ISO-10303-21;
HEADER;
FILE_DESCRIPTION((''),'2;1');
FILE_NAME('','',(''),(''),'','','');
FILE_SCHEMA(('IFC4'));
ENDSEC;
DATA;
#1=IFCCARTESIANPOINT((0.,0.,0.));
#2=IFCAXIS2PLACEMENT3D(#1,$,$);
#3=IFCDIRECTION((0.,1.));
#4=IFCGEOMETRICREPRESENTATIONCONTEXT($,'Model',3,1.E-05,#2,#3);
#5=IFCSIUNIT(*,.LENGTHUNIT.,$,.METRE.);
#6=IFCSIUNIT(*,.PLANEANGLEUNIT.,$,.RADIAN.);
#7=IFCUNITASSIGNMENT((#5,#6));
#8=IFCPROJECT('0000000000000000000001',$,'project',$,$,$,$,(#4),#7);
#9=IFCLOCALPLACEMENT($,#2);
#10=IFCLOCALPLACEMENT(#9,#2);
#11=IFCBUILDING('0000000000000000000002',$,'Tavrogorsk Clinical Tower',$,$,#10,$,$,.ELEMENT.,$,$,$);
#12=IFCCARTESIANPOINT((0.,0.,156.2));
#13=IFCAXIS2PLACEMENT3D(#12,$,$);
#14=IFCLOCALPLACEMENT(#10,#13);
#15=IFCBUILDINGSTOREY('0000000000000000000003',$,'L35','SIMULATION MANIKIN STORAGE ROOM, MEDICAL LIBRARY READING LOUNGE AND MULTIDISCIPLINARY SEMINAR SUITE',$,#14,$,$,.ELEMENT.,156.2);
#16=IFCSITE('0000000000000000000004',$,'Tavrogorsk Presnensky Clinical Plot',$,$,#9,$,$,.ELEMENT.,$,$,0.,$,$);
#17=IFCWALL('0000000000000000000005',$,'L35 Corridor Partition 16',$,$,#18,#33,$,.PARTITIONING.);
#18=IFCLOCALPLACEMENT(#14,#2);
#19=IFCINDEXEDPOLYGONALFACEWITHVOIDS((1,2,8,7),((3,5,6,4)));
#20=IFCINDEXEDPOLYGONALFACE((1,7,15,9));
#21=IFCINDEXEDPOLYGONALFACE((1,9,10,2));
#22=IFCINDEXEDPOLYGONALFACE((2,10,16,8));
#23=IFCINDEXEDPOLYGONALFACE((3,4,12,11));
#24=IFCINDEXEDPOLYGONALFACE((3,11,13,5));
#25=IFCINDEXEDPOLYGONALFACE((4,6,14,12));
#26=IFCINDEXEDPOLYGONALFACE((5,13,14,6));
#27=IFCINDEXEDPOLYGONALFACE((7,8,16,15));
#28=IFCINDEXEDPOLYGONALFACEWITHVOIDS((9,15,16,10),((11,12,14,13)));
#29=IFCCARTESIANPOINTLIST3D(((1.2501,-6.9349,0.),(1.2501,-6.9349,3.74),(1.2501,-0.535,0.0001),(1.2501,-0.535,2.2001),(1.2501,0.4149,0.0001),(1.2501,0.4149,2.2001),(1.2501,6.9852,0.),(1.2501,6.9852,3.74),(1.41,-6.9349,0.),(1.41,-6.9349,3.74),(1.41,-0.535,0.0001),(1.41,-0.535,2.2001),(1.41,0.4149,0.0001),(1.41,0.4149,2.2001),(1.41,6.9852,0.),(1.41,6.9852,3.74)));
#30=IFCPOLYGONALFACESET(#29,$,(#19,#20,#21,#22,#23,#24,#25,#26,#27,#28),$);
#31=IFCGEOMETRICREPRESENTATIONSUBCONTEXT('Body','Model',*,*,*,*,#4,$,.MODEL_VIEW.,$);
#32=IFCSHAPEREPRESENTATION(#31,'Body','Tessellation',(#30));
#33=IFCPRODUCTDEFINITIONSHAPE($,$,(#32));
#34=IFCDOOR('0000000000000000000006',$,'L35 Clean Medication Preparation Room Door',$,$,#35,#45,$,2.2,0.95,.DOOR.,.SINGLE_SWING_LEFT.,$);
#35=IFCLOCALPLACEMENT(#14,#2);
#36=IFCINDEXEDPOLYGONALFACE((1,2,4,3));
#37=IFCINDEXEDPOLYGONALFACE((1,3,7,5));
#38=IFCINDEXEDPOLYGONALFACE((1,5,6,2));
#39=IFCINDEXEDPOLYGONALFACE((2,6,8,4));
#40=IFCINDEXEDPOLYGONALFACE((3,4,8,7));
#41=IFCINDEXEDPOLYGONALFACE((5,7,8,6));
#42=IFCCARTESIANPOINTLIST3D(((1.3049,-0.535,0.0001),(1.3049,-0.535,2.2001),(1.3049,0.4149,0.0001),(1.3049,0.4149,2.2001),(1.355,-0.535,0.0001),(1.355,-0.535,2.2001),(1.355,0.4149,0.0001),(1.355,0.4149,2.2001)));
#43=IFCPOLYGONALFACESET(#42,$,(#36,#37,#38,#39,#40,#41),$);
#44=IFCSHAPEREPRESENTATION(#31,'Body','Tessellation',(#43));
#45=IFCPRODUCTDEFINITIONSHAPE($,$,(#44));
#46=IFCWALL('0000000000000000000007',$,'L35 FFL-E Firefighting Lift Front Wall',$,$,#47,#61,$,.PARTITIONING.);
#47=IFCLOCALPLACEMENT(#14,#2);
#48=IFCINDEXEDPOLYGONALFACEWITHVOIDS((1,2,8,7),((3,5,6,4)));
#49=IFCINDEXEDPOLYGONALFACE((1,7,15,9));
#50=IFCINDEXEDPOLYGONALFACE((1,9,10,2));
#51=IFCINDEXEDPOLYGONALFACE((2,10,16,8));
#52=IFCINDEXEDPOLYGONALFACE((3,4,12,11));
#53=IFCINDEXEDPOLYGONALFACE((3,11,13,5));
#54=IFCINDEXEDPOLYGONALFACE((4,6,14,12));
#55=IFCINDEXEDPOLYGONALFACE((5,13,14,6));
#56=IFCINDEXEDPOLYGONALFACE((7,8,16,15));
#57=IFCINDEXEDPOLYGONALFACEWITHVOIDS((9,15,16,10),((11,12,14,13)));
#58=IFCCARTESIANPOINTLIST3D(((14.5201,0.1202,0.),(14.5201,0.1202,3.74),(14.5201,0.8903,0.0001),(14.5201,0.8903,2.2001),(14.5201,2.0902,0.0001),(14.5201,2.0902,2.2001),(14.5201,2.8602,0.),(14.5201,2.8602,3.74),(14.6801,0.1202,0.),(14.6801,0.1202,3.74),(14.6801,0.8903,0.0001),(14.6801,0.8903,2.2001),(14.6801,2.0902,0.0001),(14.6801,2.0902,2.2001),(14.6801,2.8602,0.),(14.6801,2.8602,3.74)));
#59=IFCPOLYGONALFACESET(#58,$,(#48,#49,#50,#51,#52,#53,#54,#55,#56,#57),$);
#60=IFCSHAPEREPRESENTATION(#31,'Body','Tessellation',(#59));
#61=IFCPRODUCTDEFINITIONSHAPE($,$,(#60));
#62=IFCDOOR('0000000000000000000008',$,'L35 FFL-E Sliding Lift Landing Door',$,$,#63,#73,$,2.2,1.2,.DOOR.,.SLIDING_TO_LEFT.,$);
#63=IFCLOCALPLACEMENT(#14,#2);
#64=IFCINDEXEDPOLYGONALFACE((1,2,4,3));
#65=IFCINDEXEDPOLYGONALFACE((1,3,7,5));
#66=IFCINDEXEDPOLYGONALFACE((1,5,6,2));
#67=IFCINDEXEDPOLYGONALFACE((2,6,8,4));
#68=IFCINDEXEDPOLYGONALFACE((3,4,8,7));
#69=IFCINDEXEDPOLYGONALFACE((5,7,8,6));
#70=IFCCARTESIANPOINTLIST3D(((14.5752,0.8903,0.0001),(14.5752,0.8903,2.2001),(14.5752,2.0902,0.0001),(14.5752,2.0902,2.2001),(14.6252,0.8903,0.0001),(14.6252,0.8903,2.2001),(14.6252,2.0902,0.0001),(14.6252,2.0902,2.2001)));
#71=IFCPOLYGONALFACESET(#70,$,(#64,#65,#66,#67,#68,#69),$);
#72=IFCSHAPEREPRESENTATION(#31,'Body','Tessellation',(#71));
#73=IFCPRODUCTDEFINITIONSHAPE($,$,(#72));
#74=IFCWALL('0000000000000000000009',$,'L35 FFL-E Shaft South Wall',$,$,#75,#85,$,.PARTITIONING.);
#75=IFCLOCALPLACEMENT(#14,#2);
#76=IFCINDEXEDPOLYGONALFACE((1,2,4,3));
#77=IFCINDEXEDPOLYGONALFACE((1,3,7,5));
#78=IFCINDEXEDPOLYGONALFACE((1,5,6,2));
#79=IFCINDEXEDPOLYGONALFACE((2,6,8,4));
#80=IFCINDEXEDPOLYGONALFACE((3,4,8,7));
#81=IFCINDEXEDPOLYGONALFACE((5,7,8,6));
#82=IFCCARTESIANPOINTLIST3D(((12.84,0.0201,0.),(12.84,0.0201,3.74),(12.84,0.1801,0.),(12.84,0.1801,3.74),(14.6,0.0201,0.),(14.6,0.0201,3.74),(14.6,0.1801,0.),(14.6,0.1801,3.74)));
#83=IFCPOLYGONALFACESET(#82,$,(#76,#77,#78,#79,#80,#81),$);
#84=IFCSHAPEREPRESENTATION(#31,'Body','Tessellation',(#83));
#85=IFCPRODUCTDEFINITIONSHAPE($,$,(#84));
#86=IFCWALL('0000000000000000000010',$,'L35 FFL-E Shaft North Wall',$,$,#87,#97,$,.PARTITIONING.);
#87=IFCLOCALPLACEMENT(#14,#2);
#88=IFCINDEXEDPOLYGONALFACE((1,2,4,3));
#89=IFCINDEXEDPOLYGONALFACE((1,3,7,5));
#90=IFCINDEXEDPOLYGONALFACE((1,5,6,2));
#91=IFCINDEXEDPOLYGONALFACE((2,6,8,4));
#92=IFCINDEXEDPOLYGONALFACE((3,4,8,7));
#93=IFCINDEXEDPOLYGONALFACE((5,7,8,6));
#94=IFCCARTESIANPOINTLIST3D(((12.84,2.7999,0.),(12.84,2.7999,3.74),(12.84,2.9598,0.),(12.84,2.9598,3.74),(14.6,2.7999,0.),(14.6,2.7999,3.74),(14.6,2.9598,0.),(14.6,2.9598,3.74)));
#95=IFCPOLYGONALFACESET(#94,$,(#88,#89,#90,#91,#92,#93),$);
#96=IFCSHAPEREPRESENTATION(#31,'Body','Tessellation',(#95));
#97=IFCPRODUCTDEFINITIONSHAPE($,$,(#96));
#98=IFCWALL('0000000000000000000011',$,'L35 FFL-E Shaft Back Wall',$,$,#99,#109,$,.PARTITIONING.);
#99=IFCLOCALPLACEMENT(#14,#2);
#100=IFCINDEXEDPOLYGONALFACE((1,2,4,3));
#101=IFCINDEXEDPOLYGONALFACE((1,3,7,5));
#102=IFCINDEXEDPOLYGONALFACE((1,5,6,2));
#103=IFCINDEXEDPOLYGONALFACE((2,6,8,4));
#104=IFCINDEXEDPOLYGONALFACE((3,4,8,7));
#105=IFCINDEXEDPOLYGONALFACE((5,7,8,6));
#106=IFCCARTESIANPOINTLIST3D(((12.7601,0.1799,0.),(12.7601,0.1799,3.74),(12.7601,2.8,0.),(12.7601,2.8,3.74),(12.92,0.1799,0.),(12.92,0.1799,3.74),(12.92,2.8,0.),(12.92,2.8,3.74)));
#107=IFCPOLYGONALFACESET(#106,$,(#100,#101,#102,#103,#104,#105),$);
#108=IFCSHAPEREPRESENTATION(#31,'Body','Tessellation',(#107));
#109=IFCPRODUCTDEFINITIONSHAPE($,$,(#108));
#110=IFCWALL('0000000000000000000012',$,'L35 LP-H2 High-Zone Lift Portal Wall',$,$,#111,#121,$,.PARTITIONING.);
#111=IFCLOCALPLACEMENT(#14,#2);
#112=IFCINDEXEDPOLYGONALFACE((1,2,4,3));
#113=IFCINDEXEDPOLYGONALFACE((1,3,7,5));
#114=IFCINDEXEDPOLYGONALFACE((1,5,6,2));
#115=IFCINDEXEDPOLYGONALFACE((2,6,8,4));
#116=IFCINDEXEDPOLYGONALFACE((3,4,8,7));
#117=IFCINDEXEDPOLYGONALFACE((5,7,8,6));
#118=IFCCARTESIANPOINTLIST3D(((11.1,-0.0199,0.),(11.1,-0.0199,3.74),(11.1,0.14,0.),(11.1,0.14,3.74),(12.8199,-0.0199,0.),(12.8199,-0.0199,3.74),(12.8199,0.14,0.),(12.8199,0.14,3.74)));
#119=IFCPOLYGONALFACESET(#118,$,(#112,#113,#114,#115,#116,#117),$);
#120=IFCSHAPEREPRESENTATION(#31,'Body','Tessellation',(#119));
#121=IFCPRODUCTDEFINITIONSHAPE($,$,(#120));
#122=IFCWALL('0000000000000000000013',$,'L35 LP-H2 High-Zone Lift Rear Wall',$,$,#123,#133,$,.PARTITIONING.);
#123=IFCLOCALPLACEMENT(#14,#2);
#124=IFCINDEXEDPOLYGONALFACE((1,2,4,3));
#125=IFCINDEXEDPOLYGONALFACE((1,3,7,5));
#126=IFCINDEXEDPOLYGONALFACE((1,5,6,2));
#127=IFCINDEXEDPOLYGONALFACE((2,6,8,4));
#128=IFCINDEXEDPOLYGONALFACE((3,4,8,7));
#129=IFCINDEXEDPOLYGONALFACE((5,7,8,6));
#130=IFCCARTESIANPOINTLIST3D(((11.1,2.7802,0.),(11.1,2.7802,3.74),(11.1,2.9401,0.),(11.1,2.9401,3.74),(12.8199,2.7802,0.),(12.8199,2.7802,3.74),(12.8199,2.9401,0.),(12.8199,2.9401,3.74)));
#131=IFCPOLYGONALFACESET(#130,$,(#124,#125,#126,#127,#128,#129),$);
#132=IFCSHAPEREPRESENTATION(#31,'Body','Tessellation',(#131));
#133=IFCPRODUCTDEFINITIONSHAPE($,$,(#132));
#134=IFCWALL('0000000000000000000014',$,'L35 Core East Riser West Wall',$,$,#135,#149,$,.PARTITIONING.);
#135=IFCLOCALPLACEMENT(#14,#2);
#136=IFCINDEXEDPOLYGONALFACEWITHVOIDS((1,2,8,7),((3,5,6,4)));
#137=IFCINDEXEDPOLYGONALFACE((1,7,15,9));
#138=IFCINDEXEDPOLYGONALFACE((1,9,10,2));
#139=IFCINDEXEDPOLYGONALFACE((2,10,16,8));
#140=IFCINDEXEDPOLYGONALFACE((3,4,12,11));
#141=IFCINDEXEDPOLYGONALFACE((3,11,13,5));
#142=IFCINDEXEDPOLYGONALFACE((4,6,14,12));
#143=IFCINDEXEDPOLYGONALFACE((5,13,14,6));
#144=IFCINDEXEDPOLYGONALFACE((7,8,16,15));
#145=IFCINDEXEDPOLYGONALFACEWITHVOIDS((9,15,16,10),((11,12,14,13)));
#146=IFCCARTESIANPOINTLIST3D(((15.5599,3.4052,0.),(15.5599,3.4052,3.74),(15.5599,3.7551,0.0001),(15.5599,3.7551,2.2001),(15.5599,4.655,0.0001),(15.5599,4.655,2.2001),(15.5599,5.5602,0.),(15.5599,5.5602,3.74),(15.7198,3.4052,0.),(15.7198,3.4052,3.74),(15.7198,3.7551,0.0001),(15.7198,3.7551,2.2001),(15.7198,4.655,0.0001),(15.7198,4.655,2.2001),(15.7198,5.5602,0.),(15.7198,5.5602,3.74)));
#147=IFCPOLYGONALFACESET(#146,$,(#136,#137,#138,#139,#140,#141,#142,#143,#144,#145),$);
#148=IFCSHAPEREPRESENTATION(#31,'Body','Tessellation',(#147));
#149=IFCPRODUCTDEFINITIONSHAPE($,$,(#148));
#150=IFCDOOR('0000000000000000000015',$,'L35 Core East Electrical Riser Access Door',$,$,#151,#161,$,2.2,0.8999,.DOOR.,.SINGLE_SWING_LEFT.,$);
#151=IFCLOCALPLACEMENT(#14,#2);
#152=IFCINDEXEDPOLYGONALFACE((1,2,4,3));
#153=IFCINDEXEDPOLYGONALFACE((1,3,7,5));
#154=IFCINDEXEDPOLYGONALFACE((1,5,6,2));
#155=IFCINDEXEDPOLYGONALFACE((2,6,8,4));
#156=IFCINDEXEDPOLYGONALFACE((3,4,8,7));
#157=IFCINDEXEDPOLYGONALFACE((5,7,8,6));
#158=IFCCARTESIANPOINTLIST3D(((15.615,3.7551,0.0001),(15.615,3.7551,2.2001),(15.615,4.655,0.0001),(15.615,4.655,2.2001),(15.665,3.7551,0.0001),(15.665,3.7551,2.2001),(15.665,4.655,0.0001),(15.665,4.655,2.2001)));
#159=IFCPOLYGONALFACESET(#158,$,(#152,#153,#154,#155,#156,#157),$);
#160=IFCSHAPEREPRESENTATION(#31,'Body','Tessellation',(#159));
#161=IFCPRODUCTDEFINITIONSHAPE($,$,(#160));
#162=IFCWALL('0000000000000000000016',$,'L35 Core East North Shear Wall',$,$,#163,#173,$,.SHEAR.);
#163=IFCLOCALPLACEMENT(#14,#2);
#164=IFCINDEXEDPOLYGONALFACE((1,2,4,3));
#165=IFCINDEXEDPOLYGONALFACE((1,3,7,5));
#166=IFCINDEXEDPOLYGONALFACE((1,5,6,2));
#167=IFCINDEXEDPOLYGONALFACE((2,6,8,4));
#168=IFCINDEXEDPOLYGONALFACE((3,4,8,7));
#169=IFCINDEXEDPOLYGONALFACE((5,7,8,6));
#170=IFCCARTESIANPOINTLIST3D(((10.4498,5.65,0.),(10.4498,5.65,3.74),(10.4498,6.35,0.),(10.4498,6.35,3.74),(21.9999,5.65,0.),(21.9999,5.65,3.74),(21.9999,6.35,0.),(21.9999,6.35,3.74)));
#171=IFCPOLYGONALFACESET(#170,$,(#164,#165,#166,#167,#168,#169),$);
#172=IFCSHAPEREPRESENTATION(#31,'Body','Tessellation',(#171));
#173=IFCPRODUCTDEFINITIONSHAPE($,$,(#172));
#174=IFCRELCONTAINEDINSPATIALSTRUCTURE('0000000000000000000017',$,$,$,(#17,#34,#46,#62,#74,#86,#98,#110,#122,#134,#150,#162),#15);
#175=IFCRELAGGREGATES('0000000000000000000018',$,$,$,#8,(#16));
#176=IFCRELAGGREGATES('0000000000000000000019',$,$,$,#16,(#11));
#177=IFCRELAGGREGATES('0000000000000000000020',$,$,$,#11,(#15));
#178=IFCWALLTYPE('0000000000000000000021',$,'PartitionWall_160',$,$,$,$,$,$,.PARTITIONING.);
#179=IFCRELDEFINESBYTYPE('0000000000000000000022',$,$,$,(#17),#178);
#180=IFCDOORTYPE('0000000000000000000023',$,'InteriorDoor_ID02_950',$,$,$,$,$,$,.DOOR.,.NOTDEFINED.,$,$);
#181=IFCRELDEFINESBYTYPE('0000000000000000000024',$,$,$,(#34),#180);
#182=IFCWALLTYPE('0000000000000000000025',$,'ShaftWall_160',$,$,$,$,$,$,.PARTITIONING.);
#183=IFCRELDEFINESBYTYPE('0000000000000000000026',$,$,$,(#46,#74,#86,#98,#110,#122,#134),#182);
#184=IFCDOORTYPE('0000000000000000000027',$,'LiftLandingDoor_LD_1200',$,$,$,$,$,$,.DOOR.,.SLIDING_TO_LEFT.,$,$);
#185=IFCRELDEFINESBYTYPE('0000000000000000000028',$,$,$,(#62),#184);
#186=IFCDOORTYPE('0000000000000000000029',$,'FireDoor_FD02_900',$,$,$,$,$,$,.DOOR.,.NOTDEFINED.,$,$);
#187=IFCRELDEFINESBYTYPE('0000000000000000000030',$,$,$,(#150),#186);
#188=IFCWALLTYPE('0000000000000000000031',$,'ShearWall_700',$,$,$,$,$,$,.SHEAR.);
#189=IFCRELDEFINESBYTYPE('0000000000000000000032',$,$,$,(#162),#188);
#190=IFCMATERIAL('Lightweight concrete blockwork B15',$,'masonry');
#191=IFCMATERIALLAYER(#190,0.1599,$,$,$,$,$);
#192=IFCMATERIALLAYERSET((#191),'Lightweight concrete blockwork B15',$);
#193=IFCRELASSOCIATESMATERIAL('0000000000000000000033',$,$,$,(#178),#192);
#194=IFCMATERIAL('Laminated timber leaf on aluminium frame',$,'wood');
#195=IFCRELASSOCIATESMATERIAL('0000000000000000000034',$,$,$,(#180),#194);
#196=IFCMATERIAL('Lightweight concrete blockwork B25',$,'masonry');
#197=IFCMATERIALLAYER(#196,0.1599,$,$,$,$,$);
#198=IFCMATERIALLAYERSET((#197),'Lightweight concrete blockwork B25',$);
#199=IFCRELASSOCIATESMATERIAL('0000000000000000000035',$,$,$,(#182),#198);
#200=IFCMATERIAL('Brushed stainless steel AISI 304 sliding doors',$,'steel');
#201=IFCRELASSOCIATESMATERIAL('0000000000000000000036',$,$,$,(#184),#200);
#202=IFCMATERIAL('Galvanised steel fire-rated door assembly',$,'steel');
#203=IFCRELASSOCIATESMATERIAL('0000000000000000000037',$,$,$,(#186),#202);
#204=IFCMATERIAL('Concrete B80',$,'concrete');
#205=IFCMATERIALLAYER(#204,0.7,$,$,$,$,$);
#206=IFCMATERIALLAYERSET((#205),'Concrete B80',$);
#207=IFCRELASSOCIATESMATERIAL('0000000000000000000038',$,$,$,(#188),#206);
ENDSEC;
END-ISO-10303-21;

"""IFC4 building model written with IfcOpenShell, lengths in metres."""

from ifc_helpers import new_model, si_unit, direction, frame, frame_2d, origin, place, context, subcontext, project, spatial, rectangle, extrude, material, layer, layer_set, type_object, element, fill, save


model = new_model("IFC4")

# Units and contexts
model_context = context("Model", 3, precision=1e-05, world=origin(), true_north=direction((0.0, 1.0)))
body_context = subcontext(model_context, "Body", "Model", "MODEL_VIEW")
ifc_project = project(units=[si_unit("LENGTHUNIT", "METRE"), si_unit("PLANEANGLEUNIT", "RADIAN")], contexts=[model_context])

# Site, building, storey
site_placement = place(None, origin())
site = spatial("IfcSite", under=ifc_project, at=site_placement, Name="Tavrogorsk Presnensky Clinical Plot", CompositionType="ELEMENT", RefElevation=0.0)
building_placement = place(site_placement, origin())
building = spatial("IfcBuilding", under=site, at=building_placement, Name="Tavrogorsk Clinical Tower", CompositionType="ELEMENT")
storey_placement = place(building_placement, frame((0.0, 0.0, 156.2)))
storey = spatial("IfcBuildingStorey", under=building, at=storey_placement, Name="L35", Description="SIMULATION MANIKIN STORAGE ROOM, MEDICAL LIBRARY READING LOUNGE AND MULTIDISCIPLINARY SEMINAR SUITE", CompositionType="ELEMENT", Elevation=156.2)

# Shared definitions
ifc_material_1 = material(Name="Lightweight concrete blockwork B15", Category="masonry")
ifc_layer_1 = layer(ifc_material_1, 0.1599)
ifc_layer_set_1 = layer_set([ifc_layer_1], Name="Lightweight concrete blockwork B15")
wall_type_1 = type_object("IfcWallType", Name="PartitionWall_160", PredefinedType="PARTITIONING", material=ifc_layer_set_1)
ifc_material_2 = material(Name="Laminated timber leaf on aluminium frame", Category="wood")
door_type_1 = type_object("IfcDoorType", Name="InteriorDoor_ID02_950", OperationType="NOTDEFINED", PredefinedType="DOOR", material=ifc_material_2)

# Walls, openings, doors
wall_1_placement = place(storey_placement, frame((1.3301, 6.9851, 0.0), z_axis=(0.0, 0.0, 1.0), x_axis=(0.0, -1.0, 0.0)))
wall_1 = element("IfcWall", 1, at=wall_1_placement, inside=storey, type_object=wall_type_1, Name="L35 Corridor Partition 16", PredefinedType="PARTITIONING", context=body_context, shape_type="SweptSolid", body=[
    extrude(rectangle(XDim=13.9202, YDim=0.1599, at=frame_2d((6.96, 0.0))), origin(), (0.0, 0.0, 1.0), 3.74),
])
opening_1_placement = place(wall_1_placement, frame((6.5701, 0.0, 0.0)))
opening_1 = element("IfcOpeningElement", 2, at=opening_1_placement, cuts=wall_1, PredefinedType="OPENING", context=body_context, shape_type="SweptSolid", body=[
    extrude(rectangle(XDim=0.95, YDim=2.2, at=frame_2d((0.4751, 1.1001))), frame((0.0, 0.0898, 0.0), z_axis=(0.0, -1.0, 0.0), x_axis=(1.0, 0.0, 0.0)), (0.0, 0.0, 1.0), 0.1799),
])
door_1_placement = place(opening_1_placement, origin())
door_1 = element("IfcDoor", 3, at=door_1_placement, inside=storey, type_object=door_type_1, Name="L35 Clean Medication Preparation Room Door", OperationType="SINGLE_SWING_LEFT", OverallHeight=2.2, OverallWidth=0.95, PredefinedType="DOOR", context=body_context, shape_type="SweptSolid", body=[
    extrude(rectangle(XDim=0.95, YDim=2.2, at=frame_2d((0.4751, 1.1001))), frame((0.0, 0.0249, 0.0), z_axis=(0.0, -1.0, 0.0), x_axis=(1.0, 0.0, 0.0)), (0.0, 0.0, 1.0), 0.05),
])
fill(opening_1, door_1)
ifc_material_3 = material(Name="Lightweight concrete blockwork B25", Category="masonry")
ifc_layer_2 = layer(ifc_material_3, 0.1599)
ifc_layer_set_2 = layer_set([ifc_layer_2], Name="Lightweight concrete blockwork B25")
wall_type_2 = type_object("IfcWallType", Name="ShaftWall_160", PredefinedType="PARTITIONING", material=ifc_layer_set_2)
wall_2_placement = place(storey_placement, frame((14.6001, 0.1201, 0.0), z_axis=(0.0, 0.0, 1.0), x_axis=(0.0, 1.0, 0.0)))
wall_2 = element("IfcWall", 4, at=wall_2_placement, inside=storey, type_object=wall_type_2, Name="L35 FFL-E Firefighting Lift Front Wall", PredefinedType="PARTITIONING", context=body_context, shape_type="SweptSolid", body=[
    extrude(rectangle(XDim=2.74, YDim=0.1599, at=frame_2d((1.3701, 0.0))), origin(), (0.0, 0.0, 1.0), 3.74),
])
opening_2_placement = place(wall_2_placement, frame((0.77, 0.0, 0.0)))
opening_2 = element("IfcOpeningElement", 5, at=opening_2_placement, cuts=wall_2, PredefinedType="OPENING", context=body_context, shape_type="SweptSolid", body=[
    extrude(rectangle(XDim=1.2, YDim=2.2, at=frame_2d((0.6001, 1.1001))), frame((0.0, 0.0898, 0.0), z_axis=(0.0, -1.0, 0.0), x_axis=(1.0, 0.0, 0.0)), (0.0, 0.0, 1.0), 0.1799),
])
ifc_material_4 = material(Name="Brushed stainless steel AISI 304 sliding doors", Category="steel")
door_type_2 = type_object("IfcDoorType", Name="LiftLandingDoor_LD_1200", OperationType="SLIDING_TO_LEFT", PredefinedType="DOOR", material=ifc_material_4)
door_2_placement = place(opening_2_placement, origin())
door_2 = element("IfcDoor", 6, at=door_2_placement, inside=storey, type_object=door_type_2, Name="L35 FFL-E Sliding Lift Landing Door", OperationType="SLIDING_TO_LEFT", OverallHeight=2.2, OverallWidth=1.2, PredefinedType="DOOR", context=body_context, shape_type="SweptSolid", body=[
    extrude(rectangle(XDim=1.2, YDim=2.2, at=frame_2d((0.6001, 1.1001))), frame((0.0, 0.0249, 0.0), z_axis=(0.0, -1.0, 0.0), x_axis=(1.0, 0.0, 0.0)), (0.0, 0.0, 1.0), 0.05),
])
fill(opening_2, door_2)

# Walls
for number, where, z_axis, x_axis, name in (
    (7, (12.8401, 0.1001, 0.0), (0.0, 0.0, 1.0), (1.0, 0.0, 0.0), "L35 FFL-E Shaft South Wall"),
    (8, (12.8401, 2.8799, 0.0), (0.0, 0.0, 1.0), (1.0, 0.0, 0.0), "L35 FFL-E Shaft North Wall"),
):
    element("IfcWall", number, at=place(storey_placement, frame(where, z_axis=z_axis, x_axis=x_axis)), inside=storey, type_object=wall_type_2, Name=name, PredefinedType="PARTITIONING", context=body_context, shape_type="SweptSolid", body=[
        extrude(rectangle(XDim=1.76, YDim=0.1599, at=frame_2d((0.8799, 0.0))), origin(), (0.0, 0.0, 1.0), 3.74),
    ])
wall_3_placement = place(storey_placement, frame((12.8401, 0.1799, 0.0), z_axis=(0.0, 0.0, 1.0), x_axis=(0.0, 1.0, 0.0)))
element("IfcWall", 9, at=wall_3_placement, inside=storey, type_object=wall_type_2, Name="L35 FFL-E Shaft Back Wall", PredefinedType="PARTITIONING", context=body_context, shape_type="SweptSolid", body=[
    extrude(rectangle(XDim=2.6201, YDim=0.1599, at=frame_2d((1.3101, 0.0))), origin(), (0.0, 0.0, 1.0), 3.74),
])
for number, where, z_axis, x_axis, name in (
    (10, (11.1001, 0.0601, 0.0), (0.0, 0.0, 1.0), (1.0, 0.0, 0.0), "L35 LP-H2 High-Zone Lift Portal Wall"),
    (11, (11.1001, 2.8601, 0.0), (0.0, 0.0, 1.0), (1.0, 0.0, 0.0), "L35 LP-H2 High-Zone Lift Rear Wall"),
):
    element("IfcWall", number, at=place(storey_placement, frame(where, z_axis=z_axis, x_axis=x_axis)), inside=storey, type_object=wall_type_2, Name=name, PredefinedType="PARTITIONING", context=body_context, shape_type="SweptSolid", body=[
        extrude(rectangle(XDim=1.72, YDim=0.1599, at=frame_2d((0.8599, 0.0))), origin(), (0.0, 0.0, 1.0), 3.74),
    ])

# Wall, opening, door
wall_4_placement = place(storey_placement, frame((15.6399, 3.405, 0.0), z_axis=(0.0, 0.0, 1.0), x_axis=(0.0, 1.0, 0.0)))
wall_4 = element("IfcWall", 12, at=wall_4_placement, inside=storey, type_object=wall_type_2, Name="L35 Core East Riser West Wall", PredefinedType="PARTITIONING", context=body_context, shape_type="SweptSolid", body=[
    extrude(rectangle(XDim=2.155, YDim=0.1599, at=frame_2d((1.0776, 0.0))), origin(), (0.0, 0.0, 1.0), 3.74),
])
opening_3_placement = place(wall_4_placement, frame((0.3501, 0.0, 0.0)))
opening_3 = element("IfcOpeningElement", 13, at=opening_3_placement, cuts=wall_4, PredefinedType="OPENING", context=body_context, shape_type="SweptSolid", body=[
    extrude(rectangle(XDim=0.8999, YDim=2.2, at=frame_2d((0.45, 1.1001))), frame((0.0, 0.0898, 0.0), z_axis=(0.0, -1.0, 0.0), x_axis=(1.0, 0.0, 0.0)), (0.0, 0.0, 1.0), 0.1799),
])
ifc_material_5 = material(Name="Galvanised steel fire-rated door assembly", Category="steel")
door_type_3 = type_object("IfcDoorType", Name="FireDoor_FD02_900", OperationType="NOTDEFINED", PredefinedType="DOOR", material=ifc_material_5)
door_3_placement = place(opening_3_placement, origin())
door_3 = element("IfcDoor", 14, at=door_3_placement, inside=storey, type_object=door_type_3, Name="L35 Core East Electrical Riser Access Door", OperationType="SINGLE_SWING_LEFT", OverallHeight=2.2, OverallWidth=0.8999, PredefinedType="DOOR", context=body_context, shape_type="SweptSolid", body=[
    extrude(rectangle(XDim=0.8999, YDim=2.2, at=frame_2d((0.45, 1.1001))), frame((0.0, 0.0249, 0.0), z_axis=(0.0, -1.0, 0.0), x_axis=(1.0, 0.0, 0.0)), (0.0, 0.0, 1.0), 0.05),
])
fill(opening_3, door_3)

# Wall
ifc_material_6 = material(Name="Concrete B80", Category="concrete")
ifc_layer_3 = layer(ifc_material_6, 0.7)
ifc_layer_set_3 = layer_set([ifc_layer_3], Name="Concrete B80")
wall_type_3 = type_object("IfcWallType", Name="ShearWall_700", PredefinedType="SHEAR", material=ifc_layer_set_3)
wall_5_placement = place(storey_placement, frame((10.45, 6.0, 0.0), z_axis=(0.0, 0.0, 1.0), x_axis=(1.0, 0.0, 0.0)))
element("IfcWall", 15, at=wall_5_placement, inside=storey, type_object=wall_type_3, Name="L35 Core East North Shear Wall", PredefinedType="SHEAR", context=body_context, shape_type="SweptSolid", body=[
    extrude(rectangle(XDim=11.55, YDim=0.7, at=frame_2d((5.7749, 0.0))), origin(), (0.0, 0.0, 1.0), 3.74),
])

save(model, "model.ifc")
